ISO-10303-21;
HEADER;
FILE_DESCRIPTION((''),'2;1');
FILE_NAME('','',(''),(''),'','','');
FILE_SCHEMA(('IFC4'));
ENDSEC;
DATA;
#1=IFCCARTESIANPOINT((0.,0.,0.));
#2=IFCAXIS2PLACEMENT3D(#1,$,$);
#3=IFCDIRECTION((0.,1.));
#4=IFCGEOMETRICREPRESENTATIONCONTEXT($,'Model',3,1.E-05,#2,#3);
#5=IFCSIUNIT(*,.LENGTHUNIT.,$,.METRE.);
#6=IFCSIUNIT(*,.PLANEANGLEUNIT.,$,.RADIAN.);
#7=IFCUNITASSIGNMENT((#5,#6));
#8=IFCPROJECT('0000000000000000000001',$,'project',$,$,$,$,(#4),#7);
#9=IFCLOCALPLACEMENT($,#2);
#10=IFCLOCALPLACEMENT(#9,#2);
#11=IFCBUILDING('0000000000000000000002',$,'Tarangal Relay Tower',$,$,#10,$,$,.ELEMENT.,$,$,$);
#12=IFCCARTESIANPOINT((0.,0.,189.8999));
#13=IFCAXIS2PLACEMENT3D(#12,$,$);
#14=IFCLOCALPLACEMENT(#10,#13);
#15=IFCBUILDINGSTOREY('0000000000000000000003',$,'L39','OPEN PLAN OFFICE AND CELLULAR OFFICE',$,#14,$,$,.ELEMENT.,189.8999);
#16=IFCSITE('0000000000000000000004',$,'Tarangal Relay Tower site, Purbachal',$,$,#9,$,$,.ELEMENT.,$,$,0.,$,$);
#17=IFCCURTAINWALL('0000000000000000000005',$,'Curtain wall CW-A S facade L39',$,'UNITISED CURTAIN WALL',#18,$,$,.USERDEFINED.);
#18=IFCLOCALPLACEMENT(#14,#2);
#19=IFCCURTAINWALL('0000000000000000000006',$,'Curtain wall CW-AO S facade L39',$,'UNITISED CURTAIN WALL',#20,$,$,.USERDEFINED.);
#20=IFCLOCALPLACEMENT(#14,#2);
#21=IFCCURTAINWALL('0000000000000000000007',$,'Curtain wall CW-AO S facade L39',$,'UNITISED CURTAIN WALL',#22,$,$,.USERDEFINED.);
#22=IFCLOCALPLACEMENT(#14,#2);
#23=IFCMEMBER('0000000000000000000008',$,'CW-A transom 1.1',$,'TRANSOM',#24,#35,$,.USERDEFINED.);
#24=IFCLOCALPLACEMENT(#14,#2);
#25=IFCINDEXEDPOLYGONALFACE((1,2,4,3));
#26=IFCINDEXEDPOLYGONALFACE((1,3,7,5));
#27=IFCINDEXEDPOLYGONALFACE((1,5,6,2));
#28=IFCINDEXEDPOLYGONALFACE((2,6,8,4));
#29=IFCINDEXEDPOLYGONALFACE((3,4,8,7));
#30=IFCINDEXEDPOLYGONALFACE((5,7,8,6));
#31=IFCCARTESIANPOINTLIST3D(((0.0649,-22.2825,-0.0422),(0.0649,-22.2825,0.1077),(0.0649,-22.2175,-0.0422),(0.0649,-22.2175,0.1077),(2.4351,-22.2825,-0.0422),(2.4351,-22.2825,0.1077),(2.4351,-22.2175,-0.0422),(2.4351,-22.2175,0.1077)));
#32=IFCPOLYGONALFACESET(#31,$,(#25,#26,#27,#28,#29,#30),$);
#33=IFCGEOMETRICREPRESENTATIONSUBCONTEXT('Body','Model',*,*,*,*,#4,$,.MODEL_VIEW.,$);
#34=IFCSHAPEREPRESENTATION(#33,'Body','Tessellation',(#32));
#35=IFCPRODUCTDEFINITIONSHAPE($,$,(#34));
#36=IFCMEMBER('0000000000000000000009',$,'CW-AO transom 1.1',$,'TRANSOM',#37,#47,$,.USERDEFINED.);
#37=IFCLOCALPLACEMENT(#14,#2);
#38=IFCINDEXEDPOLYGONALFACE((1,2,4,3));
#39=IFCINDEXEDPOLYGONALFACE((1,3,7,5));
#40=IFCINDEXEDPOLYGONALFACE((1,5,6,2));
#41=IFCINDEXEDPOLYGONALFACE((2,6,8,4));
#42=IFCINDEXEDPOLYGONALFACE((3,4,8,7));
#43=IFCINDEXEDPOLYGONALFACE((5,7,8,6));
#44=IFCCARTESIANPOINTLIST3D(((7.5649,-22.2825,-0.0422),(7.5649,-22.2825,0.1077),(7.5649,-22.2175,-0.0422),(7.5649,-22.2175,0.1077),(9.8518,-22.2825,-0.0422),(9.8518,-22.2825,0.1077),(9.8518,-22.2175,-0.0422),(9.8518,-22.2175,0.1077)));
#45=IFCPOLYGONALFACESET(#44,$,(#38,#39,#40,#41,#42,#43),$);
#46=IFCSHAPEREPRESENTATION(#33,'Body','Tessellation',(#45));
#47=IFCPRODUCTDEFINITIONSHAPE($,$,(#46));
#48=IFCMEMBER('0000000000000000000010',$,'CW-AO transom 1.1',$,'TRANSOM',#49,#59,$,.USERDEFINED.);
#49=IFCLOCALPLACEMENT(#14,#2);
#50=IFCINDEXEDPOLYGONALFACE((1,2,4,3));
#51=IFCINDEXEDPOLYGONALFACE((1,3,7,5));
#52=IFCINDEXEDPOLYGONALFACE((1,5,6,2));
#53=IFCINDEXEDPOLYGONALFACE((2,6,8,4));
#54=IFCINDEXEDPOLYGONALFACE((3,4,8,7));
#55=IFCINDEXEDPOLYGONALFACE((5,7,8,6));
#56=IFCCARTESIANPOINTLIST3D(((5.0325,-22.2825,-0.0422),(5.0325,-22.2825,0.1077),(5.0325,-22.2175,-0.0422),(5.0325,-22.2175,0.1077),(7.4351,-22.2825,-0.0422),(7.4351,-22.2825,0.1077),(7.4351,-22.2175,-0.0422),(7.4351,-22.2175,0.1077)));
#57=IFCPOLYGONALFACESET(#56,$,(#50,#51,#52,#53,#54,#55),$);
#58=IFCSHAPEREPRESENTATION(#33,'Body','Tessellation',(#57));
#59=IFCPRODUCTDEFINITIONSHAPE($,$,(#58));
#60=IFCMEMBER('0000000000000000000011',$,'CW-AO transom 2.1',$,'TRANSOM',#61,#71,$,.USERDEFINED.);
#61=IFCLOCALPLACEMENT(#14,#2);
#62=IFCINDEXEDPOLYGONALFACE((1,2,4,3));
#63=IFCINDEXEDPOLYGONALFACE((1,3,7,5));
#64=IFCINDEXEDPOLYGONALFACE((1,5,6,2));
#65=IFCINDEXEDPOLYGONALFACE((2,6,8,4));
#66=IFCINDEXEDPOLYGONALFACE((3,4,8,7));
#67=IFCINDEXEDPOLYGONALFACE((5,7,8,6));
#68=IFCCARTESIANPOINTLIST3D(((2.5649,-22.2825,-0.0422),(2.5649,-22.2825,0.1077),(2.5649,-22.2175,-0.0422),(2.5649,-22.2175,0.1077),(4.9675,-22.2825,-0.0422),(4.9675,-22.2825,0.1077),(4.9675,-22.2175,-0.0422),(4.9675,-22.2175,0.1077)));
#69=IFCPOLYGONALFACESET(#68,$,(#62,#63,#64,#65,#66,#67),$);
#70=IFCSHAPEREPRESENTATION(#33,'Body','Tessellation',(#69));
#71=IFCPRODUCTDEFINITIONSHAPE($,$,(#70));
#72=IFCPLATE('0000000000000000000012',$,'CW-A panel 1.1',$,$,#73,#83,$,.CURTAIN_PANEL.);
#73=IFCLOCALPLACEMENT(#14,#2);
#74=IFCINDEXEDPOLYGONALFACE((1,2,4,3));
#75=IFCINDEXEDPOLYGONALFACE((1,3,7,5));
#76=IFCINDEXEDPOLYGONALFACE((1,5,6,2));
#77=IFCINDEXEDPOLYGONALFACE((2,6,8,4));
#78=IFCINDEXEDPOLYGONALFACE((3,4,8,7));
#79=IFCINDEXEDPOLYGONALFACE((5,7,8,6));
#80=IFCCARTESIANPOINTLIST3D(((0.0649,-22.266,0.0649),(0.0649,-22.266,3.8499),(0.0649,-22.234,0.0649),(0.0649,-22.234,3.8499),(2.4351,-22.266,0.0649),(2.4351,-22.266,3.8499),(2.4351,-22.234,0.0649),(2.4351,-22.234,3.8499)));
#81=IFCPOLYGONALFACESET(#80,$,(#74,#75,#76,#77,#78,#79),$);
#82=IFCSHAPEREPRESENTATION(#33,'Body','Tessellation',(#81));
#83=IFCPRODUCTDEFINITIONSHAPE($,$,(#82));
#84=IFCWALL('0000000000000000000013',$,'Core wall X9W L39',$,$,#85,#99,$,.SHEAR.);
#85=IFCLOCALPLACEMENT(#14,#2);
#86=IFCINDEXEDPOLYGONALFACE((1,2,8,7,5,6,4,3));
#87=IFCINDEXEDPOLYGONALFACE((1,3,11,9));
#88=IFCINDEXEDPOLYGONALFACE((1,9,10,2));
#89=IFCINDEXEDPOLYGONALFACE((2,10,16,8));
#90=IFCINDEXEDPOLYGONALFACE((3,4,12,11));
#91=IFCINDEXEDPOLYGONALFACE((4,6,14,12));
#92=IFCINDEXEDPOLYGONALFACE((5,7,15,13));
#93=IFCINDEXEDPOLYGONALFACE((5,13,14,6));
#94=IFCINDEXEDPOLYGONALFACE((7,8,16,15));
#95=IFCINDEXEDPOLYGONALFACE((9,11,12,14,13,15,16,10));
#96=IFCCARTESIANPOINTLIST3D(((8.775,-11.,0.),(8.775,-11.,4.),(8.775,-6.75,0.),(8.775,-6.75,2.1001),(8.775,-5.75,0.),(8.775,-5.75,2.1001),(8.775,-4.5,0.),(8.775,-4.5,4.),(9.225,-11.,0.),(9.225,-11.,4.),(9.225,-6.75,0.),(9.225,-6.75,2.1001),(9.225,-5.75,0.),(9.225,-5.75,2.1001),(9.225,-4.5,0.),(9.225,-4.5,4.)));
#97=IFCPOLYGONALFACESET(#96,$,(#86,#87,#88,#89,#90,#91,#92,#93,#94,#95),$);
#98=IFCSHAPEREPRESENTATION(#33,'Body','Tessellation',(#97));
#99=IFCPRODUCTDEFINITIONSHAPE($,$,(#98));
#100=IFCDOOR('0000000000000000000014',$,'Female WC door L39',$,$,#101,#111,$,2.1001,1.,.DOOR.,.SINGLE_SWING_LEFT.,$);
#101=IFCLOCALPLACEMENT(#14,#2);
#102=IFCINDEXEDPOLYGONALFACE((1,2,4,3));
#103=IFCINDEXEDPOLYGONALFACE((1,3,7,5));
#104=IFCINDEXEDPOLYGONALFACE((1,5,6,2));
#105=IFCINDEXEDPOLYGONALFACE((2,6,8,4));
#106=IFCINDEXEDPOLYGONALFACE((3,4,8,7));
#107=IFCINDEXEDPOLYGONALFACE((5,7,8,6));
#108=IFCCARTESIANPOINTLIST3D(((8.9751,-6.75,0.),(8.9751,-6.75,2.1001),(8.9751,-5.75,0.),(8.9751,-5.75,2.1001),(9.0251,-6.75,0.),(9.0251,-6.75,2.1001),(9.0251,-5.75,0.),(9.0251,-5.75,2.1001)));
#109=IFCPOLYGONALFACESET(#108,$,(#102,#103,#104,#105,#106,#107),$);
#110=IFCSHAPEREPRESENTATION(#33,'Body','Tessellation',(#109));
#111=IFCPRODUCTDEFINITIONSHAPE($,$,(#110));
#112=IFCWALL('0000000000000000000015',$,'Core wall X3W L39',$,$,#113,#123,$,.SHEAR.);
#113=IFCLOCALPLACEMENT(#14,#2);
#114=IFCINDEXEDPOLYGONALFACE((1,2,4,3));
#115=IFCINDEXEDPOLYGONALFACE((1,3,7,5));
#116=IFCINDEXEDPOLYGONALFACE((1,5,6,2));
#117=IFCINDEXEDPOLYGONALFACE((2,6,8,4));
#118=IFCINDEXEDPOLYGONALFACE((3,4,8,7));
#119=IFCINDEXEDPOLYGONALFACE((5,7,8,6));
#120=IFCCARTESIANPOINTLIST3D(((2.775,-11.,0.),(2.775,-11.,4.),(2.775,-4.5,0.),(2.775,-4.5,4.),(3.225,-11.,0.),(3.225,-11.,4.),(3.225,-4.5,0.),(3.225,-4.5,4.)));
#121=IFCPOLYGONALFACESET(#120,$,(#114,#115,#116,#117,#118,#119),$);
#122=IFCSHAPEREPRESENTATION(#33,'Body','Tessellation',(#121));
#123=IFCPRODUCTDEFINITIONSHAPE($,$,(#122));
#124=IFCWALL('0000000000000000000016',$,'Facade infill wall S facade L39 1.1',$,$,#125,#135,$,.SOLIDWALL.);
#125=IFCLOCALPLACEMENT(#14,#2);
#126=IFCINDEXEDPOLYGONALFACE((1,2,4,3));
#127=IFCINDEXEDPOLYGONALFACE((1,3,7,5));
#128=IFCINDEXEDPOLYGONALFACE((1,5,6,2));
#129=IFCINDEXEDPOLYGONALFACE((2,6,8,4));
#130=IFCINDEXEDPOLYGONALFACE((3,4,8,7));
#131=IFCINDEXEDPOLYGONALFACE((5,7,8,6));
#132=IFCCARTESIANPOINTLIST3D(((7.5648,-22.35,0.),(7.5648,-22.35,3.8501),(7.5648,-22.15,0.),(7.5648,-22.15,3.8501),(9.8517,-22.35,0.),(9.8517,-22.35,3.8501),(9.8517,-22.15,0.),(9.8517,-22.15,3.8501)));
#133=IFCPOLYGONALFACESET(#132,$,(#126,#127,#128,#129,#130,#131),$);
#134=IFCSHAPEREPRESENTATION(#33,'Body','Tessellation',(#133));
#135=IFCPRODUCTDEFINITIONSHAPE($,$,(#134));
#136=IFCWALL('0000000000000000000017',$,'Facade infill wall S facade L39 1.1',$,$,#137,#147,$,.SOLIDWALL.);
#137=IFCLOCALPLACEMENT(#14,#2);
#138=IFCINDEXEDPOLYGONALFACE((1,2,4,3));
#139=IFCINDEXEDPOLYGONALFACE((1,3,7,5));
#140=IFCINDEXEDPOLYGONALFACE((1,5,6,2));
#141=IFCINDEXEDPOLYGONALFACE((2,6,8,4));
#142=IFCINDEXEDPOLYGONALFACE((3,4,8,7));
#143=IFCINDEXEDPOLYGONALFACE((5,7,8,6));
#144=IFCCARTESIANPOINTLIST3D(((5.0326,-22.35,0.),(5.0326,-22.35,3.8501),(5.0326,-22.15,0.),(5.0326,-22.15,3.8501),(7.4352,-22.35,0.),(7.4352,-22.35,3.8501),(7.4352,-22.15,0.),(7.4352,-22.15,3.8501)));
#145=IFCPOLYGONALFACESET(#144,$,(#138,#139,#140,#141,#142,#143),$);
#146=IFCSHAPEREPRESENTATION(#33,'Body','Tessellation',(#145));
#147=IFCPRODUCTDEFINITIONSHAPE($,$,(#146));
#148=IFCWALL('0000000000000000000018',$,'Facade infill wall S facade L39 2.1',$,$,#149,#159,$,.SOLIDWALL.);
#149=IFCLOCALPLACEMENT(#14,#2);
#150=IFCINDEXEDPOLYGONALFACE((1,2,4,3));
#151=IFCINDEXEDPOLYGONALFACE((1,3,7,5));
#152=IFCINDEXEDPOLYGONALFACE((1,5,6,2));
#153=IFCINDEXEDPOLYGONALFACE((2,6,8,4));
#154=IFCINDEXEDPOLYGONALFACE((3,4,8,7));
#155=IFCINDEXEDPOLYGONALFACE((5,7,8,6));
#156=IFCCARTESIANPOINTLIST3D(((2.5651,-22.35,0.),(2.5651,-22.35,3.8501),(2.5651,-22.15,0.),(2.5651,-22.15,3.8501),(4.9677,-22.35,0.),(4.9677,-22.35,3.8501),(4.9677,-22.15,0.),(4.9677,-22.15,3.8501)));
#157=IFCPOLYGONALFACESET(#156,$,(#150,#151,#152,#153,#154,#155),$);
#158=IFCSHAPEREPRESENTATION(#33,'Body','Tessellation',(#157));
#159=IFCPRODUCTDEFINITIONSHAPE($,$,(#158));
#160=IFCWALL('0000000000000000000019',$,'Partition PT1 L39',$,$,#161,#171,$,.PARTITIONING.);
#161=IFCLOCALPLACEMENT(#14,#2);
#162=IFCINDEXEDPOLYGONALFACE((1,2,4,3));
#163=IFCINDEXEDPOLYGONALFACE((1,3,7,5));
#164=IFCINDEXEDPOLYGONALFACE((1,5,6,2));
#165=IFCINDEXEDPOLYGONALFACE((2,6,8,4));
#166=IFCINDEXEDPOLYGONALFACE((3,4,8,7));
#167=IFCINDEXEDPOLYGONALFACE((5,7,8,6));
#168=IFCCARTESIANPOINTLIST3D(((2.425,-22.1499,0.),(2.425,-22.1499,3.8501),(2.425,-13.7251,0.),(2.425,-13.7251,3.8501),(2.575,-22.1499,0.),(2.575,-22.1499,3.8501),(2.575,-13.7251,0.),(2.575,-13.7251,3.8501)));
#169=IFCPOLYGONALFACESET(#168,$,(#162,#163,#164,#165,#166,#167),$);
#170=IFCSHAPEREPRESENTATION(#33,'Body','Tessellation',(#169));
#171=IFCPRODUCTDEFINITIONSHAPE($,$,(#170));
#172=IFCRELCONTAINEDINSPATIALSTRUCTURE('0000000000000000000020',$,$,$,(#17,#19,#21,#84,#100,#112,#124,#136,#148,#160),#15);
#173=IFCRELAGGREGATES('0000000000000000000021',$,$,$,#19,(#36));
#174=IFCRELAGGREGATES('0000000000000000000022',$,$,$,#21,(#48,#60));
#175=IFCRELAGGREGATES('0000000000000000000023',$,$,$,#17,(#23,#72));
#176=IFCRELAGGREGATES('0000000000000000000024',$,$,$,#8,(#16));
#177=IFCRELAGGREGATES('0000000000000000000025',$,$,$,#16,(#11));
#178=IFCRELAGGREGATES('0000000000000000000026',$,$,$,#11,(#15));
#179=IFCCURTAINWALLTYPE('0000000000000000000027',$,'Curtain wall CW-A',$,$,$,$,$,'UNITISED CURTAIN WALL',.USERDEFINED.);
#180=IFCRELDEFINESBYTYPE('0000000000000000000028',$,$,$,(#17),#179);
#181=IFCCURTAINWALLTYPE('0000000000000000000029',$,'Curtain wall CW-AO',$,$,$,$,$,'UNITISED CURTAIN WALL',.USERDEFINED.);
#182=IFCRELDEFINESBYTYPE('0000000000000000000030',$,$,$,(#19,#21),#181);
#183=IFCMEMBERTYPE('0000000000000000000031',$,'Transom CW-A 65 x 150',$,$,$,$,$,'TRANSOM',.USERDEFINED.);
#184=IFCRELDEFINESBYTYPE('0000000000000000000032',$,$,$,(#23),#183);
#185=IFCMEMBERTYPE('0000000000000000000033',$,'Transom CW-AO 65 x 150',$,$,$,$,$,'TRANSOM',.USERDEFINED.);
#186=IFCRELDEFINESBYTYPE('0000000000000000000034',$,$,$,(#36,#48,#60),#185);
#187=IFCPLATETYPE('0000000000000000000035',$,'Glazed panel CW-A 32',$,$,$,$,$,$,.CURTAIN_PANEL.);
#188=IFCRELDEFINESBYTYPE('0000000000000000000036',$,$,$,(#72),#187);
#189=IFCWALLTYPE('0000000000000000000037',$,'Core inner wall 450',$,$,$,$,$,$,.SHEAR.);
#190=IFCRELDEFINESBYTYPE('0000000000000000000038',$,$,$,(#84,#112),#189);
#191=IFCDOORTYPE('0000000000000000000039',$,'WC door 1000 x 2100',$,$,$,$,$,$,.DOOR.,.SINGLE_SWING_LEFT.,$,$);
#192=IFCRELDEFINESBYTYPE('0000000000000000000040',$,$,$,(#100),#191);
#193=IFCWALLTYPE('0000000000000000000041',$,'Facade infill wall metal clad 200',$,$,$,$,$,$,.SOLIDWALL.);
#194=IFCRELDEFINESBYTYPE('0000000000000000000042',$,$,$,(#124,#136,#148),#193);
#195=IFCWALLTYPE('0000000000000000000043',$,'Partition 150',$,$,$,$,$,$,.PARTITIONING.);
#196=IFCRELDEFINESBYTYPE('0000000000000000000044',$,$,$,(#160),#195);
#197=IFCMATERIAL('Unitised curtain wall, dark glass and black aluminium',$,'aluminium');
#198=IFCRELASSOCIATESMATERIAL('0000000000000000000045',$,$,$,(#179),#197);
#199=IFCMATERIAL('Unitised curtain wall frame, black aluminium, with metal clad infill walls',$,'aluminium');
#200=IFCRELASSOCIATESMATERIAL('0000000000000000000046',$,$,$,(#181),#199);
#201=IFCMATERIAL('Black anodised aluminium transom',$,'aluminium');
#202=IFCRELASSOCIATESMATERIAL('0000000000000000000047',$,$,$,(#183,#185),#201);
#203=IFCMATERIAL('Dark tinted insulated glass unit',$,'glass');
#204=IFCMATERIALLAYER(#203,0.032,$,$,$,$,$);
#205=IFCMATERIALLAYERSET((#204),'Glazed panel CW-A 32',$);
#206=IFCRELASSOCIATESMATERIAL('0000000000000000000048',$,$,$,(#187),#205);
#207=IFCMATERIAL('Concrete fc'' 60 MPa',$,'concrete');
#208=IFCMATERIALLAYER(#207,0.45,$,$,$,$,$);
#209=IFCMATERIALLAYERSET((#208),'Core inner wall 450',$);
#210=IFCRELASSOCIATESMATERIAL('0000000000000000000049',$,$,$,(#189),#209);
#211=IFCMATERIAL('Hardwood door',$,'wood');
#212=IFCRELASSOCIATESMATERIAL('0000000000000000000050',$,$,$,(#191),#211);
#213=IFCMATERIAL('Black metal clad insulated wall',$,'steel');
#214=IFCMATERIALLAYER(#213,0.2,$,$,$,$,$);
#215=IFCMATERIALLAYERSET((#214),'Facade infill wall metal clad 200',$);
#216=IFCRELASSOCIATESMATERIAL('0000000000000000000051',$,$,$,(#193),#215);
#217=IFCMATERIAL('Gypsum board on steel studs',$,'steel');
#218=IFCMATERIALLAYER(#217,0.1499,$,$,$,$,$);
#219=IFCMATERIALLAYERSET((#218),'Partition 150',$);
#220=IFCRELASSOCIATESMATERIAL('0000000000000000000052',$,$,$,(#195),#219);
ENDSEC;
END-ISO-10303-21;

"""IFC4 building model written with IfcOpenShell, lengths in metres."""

from ifc_helpers import new_model, si_unit, direction, frame, frame_2d, origin, origin_2d, place, context, subcontext, project, spatial, rectangle, extrude, material, layer, layer_set, material_profile, profile_set, type_object, element, fill, aggregate, save


model = new_model("IFC4")

# Units and contexts
model_context = context("Model", 3, precision=1e-05, world=origin(), true_north=direction((0.0, 1.0)))
body_context = subcontext(model_context, "Body", "Model", "MODEL_VIEW")
ifc_project = project(units=[si_unit("LENGTHUNIT", "METRE"), si_unit("PLANEANGLEUNIT", "RADIAN")], contexts=[model_context])

# Site, building, storey
site_placement = place(None, origin())
site = spatial("IfcSite", under=ifc_project, at=site_placement, Name="Tarangal Relay Tower site, Purbachal", CompositionType="ELEMENT", RefElevation=0.0)
building_placement = place(site_placement, origin())
building = spatial("IfcBuilding", under=site, at=building_placement, Name="Tarangal Relay Tower", CompositionType="ELEMENT")
storey_placement = place(building_placement, frame((0.0, 0.0, 189.8999)))
storey = spatial("IfcBuildingStorey", under=building, at=storey_placement, Name="L39", Description="OPEN PLAN OFFICE AND CELLULAR OFFICE", CompositionType="ELEMENT", Elevation=189.8999)

# Curtain walls
ifc_material_1 = material(Name="Unitised curtain wall, dark glass and black aluminium", Category="aluminium")
curtain_wall_type_1 = type_object("IfcCurtainWallType", Name="Curtain wall CW-A", ElementType="UNITISED CURTAIN WALL", PredefinedType="USERDEFINED", material=ifc_material_1)
curtain_wall_1_placement = place(storey_placement, origin())
curtain_wall_1 = element("IfcCurtainWall", 1, at=curtain_wall_1_placement, inside=storey, type_object=curtain_wall_type_1, Name="Curtain wall CW-A S facade L39", ObjectType="UNITISED CURTAIN WALL", PredefinedType="USERDEFINED")
ifc_material_2 = material(Name="Unitised curtain wall frame, black aluminium, with metal clad infill walls", Category="aluminium")
curtain_wall_type_2 = type_object("IfcCurtainWallType", Name="Curtain wall CW-AO", ElementType="UNITISED CURTAIN WALL", PredefinedType="USERDEFINED", material=ifc_material_2)
curtain_wall_2_placement = place(storey_placement, origin())
curtain_wall_2 = element("IfcCurtainWall", 2, at=curtain_wall_2_placement, inside=storey, type_object=curtain_wall_type_2, Name="Curtain wall CW-AO S facade L39", ObjectType="UNITISED CURTAIN WALL", PredefinedType="USERDEFINED")
curtain_wall_3_placement = place(storey_placement, origin())
curtain_wall_3 = element("IfcCurtainWall", 3, at=curtain_wall_3_placement, inside=storey, type_object=curtain_wall_type_2, Name="Curtain wall CW-AO S facade L39", ObjectType="UNITISED CURTAIN WALL", PredefinedType="USERDEFINED")

# Members
ifc_material_3 = material(Name="Black anodised aluminium transom", Category="aluminium")
ifc_material_profile_1 = material_profile(ifc_material_3, rectangle(XDim=0.0649, YDim=0.1499, at=origin_2d()), Name="CW-AT 65X150")
ifc_profile_set_1 = profile_set([ifc_material_profile_1], Name="Black anodised aluminium transom")
member_type_1 = type_object("IfcMemberType", Name="Transom CW-A 65 x 150", ElementType="TRANSOM", PredefinedType="USERDEFINED", material=ifc_profile_set_1)
member_1_placement = place(storey_placement, frame((2.4351, -22.25, 0.0327), z_axis=(-1.0, 0.0, 0.0), x_axis=(0.0, -1.0, 0.0)))
member_1 = element("IfcMember", 4, at=member_1_placement, type_object=member_type_1, Name="CW-A transom 1.1", ObjectType="TRANSOM", PredefinedType="USERDEFINED", context=body_context, shape_type="SweptSolid", body=[
    extrude(rectangle(XDim=0.0649, YDim=0.1499, at=origin_2d()), origin(), (0.0, 0.0, 1.0), 2.3701),
])
ifc_material_profile_2 = material_profile(ifc_material_3, rectangle(XDim=0.0649, YDim=0.1499, at=origin_2d()), Name="CW-AOT 65X150")
ifc_profile_set_2 = profile_set([ifc_material_profile_2], Name="Black anodised aluminium transom")
member_type_2 = type_object("IfcMemberType", Name="Transom CW-AO 65 x 150", ElementType="TRANSOM", PredefinedType="USERDEFINED", material=ifc_profile_set_2)
member_2_placement = place(storey_placement, frame((9.8518, -22.25, 0.0327), z_axis=(-1.0, 0.0, 0.0), x_axis=(0.0, -1.0, 0.0)))
member_2 = element("IfcMember", 5, at=member_2_placement, type_object=member_type_2, Name="CW-AO transom 1.1", ObjectType="TRANSOM", PredefinedType="USERDEFINED", context=body_context, shape_type="SweptSolid", body=[
    extrude(rectangle(XDim=0.0649, YDim=0.1499, at=origin_2d()), origin(), (0.0, 0.0, 1.0), 2.2869),
])
aggregate(curtain_wall_2, [member_2])
member_3_placement = place(storey_placement, frame((7.4351, -22.25, 0.0327), z_axis=(-1.0, 0.0, 0.0), x_axis=(0.0, -1.0, 0.0)))
member_3 = element("IfcMember", 6, at=member_3_placement, type_object=member_type_2, Name="CW-AO transom 1.1", ObjectType="TRANSOM", PredefinedType="USERDEFINED", context=body_context, shape_type="SweptSolid", body=[
    extrude(rectangle(XDim=0.0649, YDim=0.1499, at=origin_2d()), origin(), (0.0, 0.0, 1.0), 2.4026),
])
member_4_placement = place(storey_placement, frame((4.9675, -22.25, 0.0327), z_axis=(-1.0, 0.0, 0.0), x_axis=(0.0, -1.0, 0.0)))
member_4 = element("IfcMember", 7, at=member_4_placement, type_object=member_type_2, Name="CW-AO transom 2.1", ObjectType="TRANSOM", PredefinedType="USERDEFINED", context=body_context, shape_type="SweptSolid", body=[
    extrude(rectangle(XDim=0.0649, YDim=0.1499, at=origin_2d()), origin(), (0.0, 0.0, 1.0), 2.4026),
])
aggregate(curtain_wall_3, [member_3, member_4])

# Plate
ifc_material_4 = material(Name="Dark tinted insulated glass unit", Category="glass")
ifc_layer_1 = layer(ifc_material_4, 0.032)
ifc_layer_set_1 = layer_set([ifc_layer_1], Name="Glazed panel CW-A 32")
plate_type = type_object("IfcPlateType", Name="Glazed panel CW-A 32", PredefinedType="CURTAIN_PANEL", material=ifc_layer_set_1)
plate_placement = place(storey_placement, frame((1.25, -22.25, 0.0649), z_axis=(0.0, 0.0, 1.0), x_axis=(-1.0, 0.0, 0.0)))
plate = element("IfcPlate", 8, at=plate_placement, type_object=plate_type, Name="CW-A panel 1.1", PredefinedType="CURTAIN_PANEL", context=body_context, shape_type="SweptSolid", body=[
    extrude(rectangle(XDim=2.3701, YDim=0.032, at=origin_2d()), origin(), (0.0, 0.0, 1.0), 3.7849),
])
aggregate(curtain_wall_1, [member_1, plate])

# Wall, opening, door
ifc_material_5 = material(Name="Concrete fc' 60 MPa", Category="concrete")
ifc_layer_2 = layer(ifc_material_5, 0.45)
ifc_layer_set_2 = layer_set([ifc_layer_2], Name="Core inner wall 450")
wall_type_1 = type_object("IfcWallType", Name="Core inner wall 450", PredefinedType="SHEAR", material=ifc_layer_set_2)
wall_1_placement = place(storey_placement, frame((9.0, -11.0, 0.0), z_axis=(0.0, 0.0, 1.0), x_axis=(0.0, 1.0, 0.0)))
wall_1 = element("IfcWall", 9, at=wall_1_placement, inside=storey, type_object=wall_type_1, Name="Core wall X9W L39", PredefinedType="SHEAR", context=body_context, shape_type="SweptSolid", body=[
    extrude(rectangle(XDim=6.5, YDim=0.45, at=frame_2d((3.25, 0.0))), origin(), (0.0, 0.0, 1.0), 4.0),
])
opening_1_placement = place(wall_1_placement, frame((4.25, 0.0, 0.0)))
opening_1 = element("IfcOpeningElement", 10, at=opening_1_placement, cuts=wall_1, PredefinedType="OPENING", context=body_context, shape_type="SweptSolid", body=[
    extrude(rectangle(XDim=1.0, YDim=2.1001, at=frame_2d((0.5, 1.05))), frame((0.0, 0.2349, 0.0), z_axis=(0.0, -1.0, 0.0), x_axis=(1.0, 0.0, 0.0)), (0.0, 0.0, 1.0), 0.47),
])
ifc_material_6 = material(Name="Hardwood door", Category="wood")
door_type_1 = type_object("IfcDoorType", Name="WC door 1000 x 2100", OperationType="SINGLE_SWING_LEFT", PredefinedType="DOOR", material=ifc_material_6)
door_1_placement = place(opening_1_placement, origin())
door_1 = element("IfcDoor", 11, at=door_1_placement, inside=storey, type_object=door_type_1, Name="Female WC door L39", OperationType="SINGLE_SWING_LEFT", OverallHeight=2.1001, OverallWidth=1.0, PredefinedType="DOOR", context=body_context, shape_type="SweptSolid", body=[
    extrude(rectangle(XDim=1.0, YDim=2.1001, at=frame_2d((0.5, 1.05))), frame((0.0, 0.0249, 0.0), z_axis=(0.0, -1.0, 0.0), x_axis=(1.0, 0.0, 0.0)), (0.0, 0.0, 1.0), 0.05),
])
fill(opening_1, door_1)

# Walls
wall_2_placement = place(storey_placement, frame((3.0, -11.0, 0.0), z_axis=(0.0, 0.0, 1.0), x_axis=(0.0, 1.0, 0.0)))
element("IfcWall", 12, at=wall_2_placement, inside=storey, type_object=wall_type_1, Name="Core wall X3W L39", PredefinedType="SHEAR", context=body_context, shape_type="SweptSolid", body=[
    extrude(rectangle(XDim=6.5, YDim=0.45, at=frame_2d((3.25, 0.0))), origin(), (0.0, 0.0, 1.0), 4.0),
])
ifc_material_7 = material(Name="Black metal clad insulated wall", Category="steel")
ifc_layer_3 = layer(ifc_material_7, 0.2)
ifc_layer_set_3 = layer_set([ifc_layer_3], Name="Facade infill wall metal clad 200")
wall_type_2 = type_object("IfcWallType", Name="Facade infill wall metal clad 200", PredefinedType="SOLIDWALL", material=ifc_layer_set_3)
wall_3_placement = place(storey_placement, frame((9.8518, -22.25, 0.0), z_axis=(0.0, 0.0, 1.0), x_axis=(-1.0, 0.0, 0.0)))
element("IfcWall", 13, at=wall_3_placement, inside=storey, type_object=wall_type_2, Name="Facade infill wall S facade L39 1.1", PredefinedType="SOLIDWALL", context=body_context, shape_type="SweptSolid", body=[
    extrude(rectangle(XDim=2.2869, YDim=0.2, at=frame_2d((1.1436, 0.0))), origin(), (0.0, 0.0, 1.0), 3.8501),
])
for number, where, z_axis, x_axis, name in (
    (14, (7.4351, -22.25, 0.0), (0.0, 0.0, 1.0), (-1.0, 0.0, 0.0), "Facade infill wall S facade L39 1.1"),
    (15, (4.9675, -22.25, 0.0), (0.0, 0.0, 1.0), (-1.0, 0.0, 0.0), "Facade infill wall S facade L39 2.1"),
):
    element("IfcWall", number, at=place(storey_placement, frame(where, z_axis=z_axis, x_axis=x_axis)), inside=storey, type_object=wall_type_2, Name=name, PredefinedType="SOLIDWALL", context=body_context, shape_type="SweptSolid", body=[
        extrude(rectangle(XDim=2.4026, YDim=0.2, at=frame_2d((1.2012, 0.0))), origin(), (0.0, 0.0, 1.0), 3.8501),
    ])
ifc_material_8 = material(Name="Gypsum board on steel studs", Category="steel")
ifc_layer_4 = layer(ifc_material_8, 0.1499)
ifc_layer_set_4 = layer_set([ifc_layer_4], Name="Partition 150")
wall_type_3 = type_object("IfcWallType", Name="Partition 150", PredefinedType="PARTITIONING", material=ifc_layer_set_4)
wall_4_placement = place(storey_placement, frame((2.5, -22.1499, 0.0), z_axis=(0.0, 0.0, 1.0), x_axis=(0.0, 1.0, 0.0)))
element("IfcWall", 16, at=wall_4_placement, inside=storey, type_object=wall_type_3, Name="Partition PT1 L39", PredefinedType="PARTITIONING", context=body_context, shape_type="SweptSolid", body=[
    extrude(rectangle(XDim=8.4248, YDim=0.1499, at=frame_2d((4.2124, 0.0))), origin(), (0.0, 0.0, 1.0), 3.8501),
])

save(model, "model.ifc")
